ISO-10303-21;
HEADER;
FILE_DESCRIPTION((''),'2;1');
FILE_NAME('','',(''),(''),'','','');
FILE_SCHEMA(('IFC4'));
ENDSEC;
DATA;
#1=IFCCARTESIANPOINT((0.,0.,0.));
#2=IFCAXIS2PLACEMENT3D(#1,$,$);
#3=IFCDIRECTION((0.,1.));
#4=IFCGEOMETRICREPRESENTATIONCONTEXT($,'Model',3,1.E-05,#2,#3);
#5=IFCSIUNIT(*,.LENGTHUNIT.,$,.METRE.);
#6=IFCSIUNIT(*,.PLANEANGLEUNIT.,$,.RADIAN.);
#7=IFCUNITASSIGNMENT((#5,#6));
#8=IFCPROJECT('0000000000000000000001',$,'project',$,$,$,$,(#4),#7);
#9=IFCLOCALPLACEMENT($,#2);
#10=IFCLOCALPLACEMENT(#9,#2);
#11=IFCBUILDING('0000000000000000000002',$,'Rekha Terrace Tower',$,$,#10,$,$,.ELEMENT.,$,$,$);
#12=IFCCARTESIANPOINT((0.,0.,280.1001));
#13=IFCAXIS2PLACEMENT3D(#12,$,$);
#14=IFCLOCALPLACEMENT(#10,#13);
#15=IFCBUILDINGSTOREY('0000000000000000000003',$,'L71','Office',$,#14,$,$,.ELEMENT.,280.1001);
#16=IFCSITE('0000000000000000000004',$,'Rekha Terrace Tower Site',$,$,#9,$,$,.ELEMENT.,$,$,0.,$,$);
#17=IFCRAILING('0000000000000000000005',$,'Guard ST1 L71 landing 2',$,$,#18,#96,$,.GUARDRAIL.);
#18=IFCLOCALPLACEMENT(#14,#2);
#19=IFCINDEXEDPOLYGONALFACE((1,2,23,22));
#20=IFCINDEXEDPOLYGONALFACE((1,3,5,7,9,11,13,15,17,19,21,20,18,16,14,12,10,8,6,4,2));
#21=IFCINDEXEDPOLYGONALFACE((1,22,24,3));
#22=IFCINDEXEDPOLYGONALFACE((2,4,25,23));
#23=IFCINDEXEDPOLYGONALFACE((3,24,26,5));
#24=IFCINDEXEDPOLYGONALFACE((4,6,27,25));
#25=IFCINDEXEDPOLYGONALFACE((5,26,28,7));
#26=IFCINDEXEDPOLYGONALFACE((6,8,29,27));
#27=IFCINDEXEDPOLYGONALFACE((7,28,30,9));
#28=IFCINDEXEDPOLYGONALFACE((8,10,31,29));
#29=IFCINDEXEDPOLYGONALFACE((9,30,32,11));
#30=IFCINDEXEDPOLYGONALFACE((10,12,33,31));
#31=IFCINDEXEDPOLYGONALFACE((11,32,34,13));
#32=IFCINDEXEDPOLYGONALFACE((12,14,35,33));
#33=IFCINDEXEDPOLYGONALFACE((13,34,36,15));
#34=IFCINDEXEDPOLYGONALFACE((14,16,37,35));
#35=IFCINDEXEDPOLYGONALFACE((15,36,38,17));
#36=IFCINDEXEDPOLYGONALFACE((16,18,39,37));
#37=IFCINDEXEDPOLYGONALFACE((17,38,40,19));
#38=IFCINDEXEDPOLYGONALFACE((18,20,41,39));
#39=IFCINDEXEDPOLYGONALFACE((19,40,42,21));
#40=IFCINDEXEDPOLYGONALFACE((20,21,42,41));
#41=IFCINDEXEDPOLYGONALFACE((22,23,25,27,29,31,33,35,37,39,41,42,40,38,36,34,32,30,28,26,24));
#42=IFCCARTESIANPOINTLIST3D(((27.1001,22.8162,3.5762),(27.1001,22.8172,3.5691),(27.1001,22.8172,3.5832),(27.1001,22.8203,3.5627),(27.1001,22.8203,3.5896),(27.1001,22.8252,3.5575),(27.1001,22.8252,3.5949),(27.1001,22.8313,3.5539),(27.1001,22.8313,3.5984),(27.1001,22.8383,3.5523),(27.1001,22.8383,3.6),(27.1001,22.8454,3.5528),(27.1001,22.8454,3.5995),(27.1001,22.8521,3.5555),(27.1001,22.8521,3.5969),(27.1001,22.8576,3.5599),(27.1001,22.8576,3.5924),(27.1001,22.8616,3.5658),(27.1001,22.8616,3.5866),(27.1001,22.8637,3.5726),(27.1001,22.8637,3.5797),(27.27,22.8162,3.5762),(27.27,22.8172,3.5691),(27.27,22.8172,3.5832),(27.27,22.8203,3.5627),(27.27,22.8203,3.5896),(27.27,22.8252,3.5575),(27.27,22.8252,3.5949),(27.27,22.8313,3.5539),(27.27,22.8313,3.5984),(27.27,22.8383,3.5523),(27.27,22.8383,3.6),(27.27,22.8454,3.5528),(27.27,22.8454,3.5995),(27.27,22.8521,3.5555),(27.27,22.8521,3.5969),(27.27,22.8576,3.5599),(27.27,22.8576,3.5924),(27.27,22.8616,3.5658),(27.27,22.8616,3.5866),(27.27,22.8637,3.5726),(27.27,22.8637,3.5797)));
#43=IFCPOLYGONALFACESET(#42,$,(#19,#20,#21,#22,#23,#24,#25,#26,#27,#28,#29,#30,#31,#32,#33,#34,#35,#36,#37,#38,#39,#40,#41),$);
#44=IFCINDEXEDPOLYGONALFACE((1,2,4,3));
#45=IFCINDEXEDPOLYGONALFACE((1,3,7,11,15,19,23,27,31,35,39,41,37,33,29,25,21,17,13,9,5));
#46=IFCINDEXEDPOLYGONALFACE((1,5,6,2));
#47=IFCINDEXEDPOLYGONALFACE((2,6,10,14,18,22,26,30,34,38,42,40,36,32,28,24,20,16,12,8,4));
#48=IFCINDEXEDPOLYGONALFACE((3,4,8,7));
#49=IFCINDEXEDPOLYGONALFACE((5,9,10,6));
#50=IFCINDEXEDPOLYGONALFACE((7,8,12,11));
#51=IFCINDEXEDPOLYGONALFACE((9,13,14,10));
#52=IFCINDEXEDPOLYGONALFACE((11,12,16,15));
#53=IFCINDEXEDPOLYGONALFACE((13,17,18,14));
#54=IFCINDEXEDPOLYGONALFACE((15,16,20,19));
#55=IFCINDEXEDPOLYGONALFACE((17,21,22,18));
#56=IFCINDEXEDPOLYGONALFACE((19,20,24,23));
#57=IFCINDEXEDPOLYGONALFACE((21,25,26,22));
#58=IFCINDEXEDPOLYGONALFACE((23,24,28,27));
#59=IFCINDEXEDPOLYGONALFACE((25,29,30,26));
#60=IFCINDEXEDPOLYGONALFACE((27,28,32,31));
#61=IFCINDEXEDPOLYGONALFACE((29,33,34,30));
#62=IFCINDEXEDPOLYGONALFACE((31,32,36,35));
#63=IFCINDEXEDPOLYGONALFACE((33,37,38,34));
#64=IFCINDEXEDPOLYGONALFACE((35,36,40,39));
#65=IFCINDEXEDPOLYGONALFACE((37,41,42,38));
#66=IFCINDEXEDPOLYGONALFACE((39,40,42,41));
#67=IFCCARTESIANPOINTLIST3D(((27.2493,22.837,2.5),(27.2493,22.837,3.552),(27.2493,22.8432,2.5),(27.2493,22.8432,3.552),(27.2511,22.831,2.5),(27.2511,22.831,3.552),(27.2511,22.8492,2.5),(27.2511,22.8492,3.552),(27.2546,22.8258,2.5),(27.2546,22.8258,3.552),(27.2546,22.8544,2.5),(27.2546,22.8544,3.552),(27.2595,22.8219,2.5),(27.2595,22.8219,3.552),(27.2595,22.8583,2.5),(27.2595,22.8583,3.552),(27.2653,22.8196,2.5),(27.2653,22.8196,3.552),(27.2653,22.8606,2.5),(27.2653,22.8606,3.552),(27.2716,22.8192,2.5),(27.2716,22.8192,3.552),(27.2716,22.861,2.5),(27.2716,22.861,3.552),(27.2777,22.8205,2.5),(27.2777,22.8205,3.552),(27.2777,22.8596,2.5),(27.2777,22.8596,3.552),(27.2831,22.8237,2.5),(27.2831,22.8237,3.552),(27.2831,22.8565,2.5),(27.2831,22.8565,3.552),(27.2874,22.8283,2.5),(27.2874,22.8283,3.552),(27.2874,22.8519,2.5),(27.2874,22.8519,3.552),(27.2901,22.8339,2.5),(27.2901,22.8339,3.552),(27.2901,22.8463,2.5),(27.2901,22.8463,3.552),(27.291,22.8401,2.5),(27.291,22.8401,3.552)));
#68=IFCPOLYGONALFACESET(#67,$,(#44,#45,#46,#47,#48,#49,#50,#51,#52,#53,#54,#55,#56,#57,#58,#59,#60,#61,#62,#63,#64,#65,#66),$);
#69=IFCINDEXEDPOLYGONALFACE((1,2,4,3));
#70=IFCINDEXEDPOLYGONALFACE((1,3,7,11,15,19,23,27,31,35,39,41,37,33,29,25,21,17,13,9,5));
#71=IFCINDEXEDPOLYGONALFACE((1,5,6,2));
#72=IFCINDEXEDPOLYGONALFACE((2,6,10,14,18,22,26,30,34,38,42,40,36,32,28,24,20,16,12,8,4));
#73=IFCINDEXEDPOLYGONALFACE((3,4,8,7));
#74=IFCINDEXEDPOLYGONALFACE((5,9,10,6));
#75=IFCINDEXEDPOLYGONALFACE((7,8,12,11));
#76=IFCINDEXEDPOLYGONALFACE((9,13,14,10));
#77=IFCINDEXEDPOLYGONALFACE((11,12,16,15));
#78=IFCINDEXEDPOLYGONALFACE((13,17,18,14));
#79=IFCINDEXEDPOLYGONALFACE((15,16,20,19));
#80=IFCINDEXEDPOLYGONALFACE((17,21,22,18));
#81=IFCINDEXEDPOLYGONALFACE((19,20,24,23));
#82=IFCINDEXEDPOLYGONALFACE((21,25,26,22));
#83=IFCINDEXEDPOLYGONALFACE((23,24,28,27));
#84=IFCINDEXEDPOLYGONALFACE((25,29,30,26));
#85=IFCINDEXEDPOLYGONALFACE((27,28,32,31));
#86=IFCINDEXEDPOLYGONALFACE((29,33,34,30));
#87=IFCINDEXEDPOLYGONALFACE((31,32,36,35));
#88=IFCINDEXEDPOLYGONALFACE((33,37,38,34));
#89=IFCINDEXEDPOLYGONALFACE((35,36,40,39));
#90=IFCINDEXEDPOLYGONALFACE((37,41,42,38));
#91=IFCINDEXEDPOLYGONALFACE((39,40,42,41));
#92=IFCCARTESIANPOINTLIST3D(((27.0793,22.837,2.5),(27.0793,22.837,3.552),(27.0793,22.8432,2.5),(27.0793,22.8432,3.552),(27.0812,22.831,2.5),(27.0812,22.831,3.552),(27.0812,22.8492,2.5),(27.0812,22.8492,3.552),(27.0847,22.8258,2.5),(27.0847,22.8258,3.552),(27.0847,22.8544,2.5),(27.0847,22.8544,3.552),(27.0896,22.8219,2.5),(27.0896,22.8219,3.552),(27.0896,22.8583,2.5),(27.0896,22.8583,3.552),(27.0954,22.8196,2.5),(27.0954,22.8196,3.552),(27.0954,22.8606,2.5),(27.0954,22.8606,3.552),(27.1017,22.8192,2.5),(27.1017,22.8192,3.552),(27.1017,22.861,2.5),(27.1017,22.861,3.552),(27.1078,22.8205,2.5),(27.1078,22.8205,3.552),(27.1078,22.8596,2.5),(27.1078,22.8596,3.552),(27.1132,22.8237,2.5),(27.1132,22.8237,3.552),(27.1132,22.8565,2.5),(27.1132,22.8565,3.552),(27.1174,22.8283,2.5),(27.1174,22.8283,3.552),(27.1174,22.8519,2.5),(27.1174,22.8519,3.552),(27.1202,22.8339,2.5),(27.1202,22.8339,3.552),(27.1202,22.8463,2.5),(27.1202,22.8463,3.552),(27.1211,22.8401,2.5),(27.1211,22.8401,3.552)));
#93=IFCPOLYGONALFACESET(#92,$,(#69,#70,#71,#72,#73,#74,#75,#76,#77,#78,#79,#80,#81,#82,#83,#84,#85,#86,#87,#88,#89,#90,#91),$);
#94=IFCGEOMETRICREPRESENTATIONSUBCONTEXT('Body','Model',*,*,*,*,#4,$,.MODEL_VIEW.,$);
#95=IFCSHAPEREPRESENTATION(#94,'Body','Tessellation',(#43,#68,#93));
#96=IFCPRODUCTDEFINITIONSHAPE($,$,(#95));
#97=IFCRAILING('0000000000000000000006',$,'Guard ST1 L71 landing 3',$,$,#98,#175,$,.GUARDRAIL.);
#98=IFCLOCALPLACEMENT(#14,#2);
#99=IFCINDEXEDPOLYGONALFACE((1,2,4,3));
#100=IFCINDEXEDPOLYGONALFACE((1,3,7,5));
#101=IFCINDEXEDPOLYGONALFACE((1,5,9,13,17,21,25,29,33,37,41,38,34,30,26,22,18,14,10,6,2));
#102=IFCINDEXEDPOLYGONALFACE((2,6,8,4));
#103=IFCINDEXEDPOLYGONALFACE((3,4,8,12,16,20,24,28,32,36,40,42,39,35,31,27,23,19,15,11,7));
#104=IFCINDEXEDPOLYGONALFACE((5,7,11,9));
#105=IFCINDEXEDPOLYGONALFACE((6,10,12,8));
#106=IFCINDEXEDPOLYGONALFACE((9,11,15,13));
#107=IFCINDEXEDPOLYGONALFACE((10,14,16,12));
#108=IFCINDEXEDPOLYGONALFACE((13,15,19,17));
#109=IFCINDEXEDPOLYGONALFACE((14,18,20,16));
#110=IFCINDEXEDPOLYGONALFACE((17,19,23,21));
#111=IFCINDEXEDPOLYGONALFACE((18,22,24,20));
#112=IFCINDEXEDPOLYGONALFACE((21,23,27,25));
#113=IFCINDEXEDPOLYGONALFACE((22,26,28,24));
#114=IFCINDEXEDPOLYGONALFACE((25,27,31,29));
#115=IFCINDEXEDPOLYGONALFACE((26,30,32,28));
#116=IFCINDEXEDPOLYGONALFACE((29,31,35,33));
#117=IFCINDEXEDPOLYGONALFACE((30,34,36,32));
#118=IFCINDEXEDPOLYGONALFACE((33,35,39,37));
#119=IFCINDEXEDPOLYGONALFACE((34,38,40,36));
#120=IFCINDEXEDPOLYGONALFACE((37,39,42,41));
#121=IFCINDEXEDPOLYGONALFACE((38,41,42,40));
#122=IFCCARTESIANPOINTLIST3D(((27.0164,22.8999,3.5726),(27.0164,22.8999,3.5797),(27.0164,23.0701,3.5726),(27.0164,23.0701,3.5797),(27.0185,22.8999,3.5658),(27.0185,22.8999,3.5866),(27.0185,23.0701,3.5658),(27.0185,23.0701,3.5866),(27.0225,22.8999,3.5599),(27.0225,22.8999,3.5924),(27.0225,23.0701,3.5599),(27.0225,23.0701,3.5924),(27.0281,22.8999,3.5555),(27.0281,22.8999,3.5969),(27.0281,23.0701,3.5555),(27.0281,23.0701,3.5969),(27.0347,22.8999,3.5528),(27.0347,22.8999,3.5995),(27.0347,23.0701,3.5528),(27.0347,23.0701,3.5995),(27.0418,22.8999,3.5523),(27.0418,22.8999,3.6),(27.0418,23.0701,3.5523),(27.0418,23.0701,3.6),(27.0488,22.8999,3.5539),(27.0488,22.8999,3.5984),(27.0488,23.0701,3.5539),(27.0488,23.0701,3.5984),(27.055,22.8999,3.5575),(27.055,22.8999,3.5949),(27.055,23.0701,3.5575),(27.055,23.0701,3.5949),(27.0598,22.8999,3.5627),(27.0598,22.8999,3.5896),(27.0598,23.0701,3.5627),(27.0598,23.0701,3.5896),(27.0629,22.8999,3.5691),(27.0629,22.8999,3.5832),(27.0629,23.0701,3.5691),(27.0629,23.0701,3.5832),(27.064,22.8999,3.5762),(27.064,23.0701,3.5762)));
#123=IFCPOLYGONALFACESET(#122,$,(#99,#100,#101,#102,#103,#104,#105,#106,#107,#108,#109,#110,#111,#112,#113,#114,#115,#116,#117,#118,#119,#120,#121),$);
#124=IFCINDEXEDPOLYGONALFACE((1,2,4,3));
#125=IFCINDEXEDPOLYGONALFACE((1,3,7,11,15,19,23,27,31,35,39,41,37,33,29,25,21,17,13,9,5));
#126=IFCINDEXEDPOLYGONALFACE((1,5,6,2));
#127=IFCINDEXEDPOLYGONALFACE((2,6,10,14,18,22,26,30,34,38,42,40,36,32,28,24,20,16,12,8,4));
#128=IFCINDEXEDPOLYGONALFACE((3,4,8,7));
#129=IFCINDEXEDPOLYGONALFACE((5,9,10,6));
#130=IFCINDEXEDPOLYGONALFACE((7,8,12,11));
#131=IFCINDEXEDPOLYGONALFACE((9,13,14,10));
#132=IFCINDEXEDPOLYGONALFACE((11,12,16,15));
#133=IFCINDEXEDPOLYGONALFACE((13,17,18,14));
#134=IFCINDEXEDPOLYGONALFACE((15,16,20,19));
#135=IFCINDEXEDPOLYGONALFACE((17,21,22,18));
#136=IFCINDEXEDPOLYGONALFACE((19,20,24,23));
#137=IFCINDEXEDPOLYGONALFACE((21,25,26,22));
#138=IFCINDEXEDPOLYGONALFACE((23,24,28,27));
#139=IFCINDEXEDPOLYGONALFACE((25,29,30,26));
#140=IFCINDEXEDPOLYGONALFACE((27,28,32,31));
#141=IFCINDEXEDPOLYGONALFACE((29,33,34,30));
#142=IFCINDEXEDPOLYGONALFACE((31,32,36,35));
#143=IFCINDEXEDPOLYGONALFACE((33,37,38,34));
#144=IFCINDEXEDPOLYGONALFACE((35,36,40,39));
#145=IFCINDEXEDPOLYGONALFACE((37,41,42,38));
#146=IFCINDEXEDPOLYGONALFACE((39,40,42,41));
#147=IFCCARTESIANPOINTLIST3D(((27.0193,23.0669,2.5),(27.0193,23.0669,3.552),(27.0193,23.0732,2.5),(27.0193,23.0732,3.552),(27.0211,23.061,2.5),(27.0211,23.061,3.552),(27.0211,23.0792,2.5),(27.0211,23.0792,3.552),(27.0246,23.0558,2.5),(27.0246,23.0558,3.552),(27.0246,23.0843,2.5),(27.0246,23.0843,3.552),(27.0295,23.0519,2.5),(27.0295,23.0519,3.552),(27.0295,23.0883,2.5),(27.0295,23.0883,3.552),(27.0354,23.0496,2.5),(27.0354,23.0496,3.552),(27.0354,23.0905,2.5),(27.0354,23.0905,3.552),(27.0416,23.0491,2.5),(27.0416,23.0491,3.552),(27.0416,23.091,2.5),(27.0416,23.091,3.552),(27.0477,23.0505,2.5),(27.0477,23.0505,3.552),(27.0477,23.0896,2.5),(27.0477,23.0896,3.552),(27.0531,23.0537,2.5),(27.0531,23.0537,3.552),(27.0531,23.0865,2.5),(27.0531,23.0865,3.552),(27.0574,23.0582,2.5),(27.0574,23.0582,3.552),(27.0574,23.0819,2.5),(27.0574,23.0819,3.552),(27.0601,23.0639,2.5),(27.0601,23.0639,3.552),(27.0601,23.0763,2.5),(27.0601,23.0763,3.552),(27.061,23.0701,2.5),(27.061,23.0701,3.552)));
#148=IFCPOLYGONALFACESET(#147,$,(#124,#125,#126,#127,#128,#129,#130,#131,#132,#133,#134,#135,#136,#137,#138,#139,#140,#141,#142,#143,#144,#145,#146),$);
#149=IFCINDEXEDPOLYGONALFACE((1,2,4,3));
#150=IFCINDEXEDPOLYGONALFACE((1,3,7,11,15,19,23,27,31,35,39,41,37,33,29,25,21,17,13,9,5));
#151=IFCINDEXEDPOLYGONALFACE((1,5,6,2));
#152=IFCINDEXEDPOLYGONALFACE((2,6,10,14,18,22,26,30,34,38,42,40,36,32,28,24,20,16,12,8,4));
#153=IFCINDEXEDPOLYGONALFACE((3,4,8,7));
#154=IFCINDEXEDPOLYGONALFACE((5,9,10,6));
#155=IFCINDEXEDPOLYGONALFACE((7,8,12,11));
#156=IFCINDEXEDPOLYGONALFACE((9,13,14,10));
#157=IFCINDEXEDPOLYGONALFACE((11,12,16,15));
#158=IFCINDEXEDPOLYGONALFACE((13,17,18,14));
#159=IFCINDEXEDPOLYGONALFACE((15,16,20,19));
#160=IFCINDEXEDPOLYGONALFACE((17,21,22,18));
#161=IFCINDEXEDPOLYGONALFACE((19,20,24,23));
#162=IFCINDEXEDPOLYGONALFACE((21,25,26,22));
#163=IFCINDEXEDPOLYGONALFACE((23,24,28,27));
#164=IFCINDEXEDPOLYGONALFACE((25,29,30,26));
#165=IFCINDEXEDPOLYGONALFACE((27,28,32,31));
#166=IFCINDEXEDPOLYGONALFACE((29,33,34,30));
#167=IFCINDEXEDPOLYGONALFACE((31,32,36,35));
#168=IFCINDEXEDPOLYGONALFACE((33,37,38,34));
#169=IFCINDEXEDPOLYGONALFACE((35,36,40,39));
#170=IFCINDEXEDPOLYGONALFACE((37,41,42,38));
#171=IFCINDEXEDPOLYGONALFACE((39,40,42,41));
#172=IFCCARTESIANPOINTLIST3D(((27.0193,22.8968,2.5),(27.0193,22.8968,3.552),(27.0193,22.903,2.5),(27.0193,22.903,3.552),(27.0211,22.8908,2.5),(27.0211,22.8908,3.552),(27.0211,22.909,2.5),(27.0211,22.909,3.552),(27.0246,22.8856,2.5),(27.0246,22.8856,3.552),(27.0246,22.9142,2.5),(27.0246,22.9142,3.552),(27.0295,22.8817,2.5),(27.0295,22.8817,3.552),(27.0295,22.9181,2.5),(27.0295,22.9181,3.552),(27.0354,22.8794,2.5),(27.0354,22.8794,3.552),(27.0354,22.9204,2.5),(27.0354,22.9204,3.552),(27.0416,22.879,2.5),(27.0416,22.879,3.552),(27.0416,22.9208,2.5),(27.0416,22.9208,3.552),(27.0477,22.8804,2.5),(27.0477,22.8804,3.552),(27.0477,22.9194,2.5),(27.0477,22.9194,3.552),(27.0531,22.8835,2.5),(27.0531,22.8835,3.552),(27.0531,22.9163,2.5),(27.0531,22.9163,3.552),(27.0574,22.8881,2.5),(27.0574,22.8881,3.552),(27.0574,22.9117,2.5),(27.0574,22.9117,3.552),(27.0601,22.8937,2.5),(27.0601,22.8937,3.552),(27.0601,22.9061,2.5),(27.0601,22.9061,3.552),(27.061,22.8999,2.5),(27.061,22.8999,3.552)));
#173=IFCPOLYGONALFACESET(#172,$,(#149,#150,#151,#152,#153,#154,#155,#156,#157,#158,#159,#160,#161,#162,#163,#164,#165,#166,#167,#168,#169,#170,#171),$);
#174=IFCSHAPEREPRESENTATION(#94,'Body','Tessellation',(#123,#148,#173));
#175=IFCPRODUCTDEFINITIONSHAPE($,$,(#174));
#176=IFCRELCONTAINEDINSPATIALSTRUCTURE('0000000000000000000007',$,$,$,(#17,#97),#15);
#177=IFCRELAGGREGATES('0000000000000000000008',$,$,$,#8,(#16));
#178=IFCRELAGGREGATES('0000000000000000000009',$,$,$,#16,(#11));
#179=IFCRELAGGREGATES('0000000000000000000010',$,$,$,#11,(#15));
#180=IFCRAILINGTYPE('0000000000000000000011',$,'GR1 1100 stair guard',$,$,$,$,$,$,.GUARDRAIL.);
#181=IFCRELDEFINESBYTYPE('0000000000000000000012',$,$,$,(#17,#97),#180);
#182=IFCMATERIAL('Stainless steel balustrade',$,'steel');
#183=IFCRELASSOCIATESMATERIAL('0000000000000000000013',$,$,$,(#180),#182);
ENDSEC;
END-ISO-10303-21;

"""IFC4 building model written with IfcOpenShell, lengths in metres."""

from ifc_helpers import new_model, si_unit, direction, frame, origin, origin_2d, place, context, subcontext, project, spatial, circle, extrude, material, type_object, element, save


model = new_model("IFC4")

# Units and contexts
model_context = context("Model", 3, precision=1e-05, world=origin(), true_north=direction((0.0, 1.0)))
body_context = subcontext(model_context, "Body", "Model", "MODEL_VIEW")
ifc_project = project(units=[si_unit("LENGTHUNIT", "METRE"), si_unit("PLANEANGLEUNIT", "RADIAN")], contexts=[model_context])

# Site, building, storey
site_placement = place(None, origin())
site = spatial("IfcSite", under=ifc_project, at=site_placement, Name="Rekha Terrace Tower Site", CompositionType="ELEMENT", RefElevation=0.0)
building_placement = place(site_placement, origin())
building = spatial("IfcBuilding", under=site, at=building_placement, Name="Rekha Terrace Tower", CompositionType="ELEMENT")
storey_placement = place(building_placement, frame((0.0, 0.0, 280.1001)))
storey = spatial("IfcBuildingStorey", under=building, at=storey_placement, Name="L71", Description="Office", CompositionType="ELEMENT", Elevation=280.1001)

# Railings
ifc_material_1 = material(Name="Stainless steel balustrade", Category="steel")
railing_type_1 = type_object("IfcRailingType", Name="GR1 1100 stair guard", PredefinedType="GUARDRAIL", material=ifc_material_1)
railing_1_placement = place(storey_placement, frame((27.27, 22.8401, 2.5)))
element("IfcRailing", 1, at=railing_1_placement, inside=storey, type_object=railing_type_1, Name="Guard ST1 L71 landing 2", PredefinedType="GUARDRAIL", context=body_context, shape_type="SweptSolid", body=[
    extrude(circle(Radius=0.0239, at=origin_2d()), frame((0.0, 0.0, 1.0762), z_axis=(-1.0, 0.0, 0.0), x_axis=(0.0, -1.0, 0.0)), (0.0, 0.0, 1.0), 0.1699),
    extrude(circle(Radius=0.021, at=origin_2d()), origin(), (0.0, 0.0, 1.0), 1.052),
    extrude(circle(Radius=0.021, at=origin_2d()), frame((-0.1699, 0.0, 0.0)), (0.0, 0.0, 1.0), 1.052),
])
railing_2_placement = place(storey_placement, frame((27.04, 23.0701, 2.5)))
element("IfcRailing", 2, at=railing_2_placement, inside=storey, type_object=railing_type_1, Name="Guard ST1 L71 landing 3", PredefinedType="GUARDRAIL", context=body_context, shape_type="SweptSolid", body=[
    extrude(circle(Radius=0.0239, at=origin_2d()), frame((0.0, 0.0, 1.0762), z_axis=(0.0, -1.0, 0.0), x_axis=(1.0, 0.0, 0.0)), (0.0, 0.0, 1.0), 0.1702),
    extrude(circle(Radius=0.021, at=origin_2d()), origin(), (0.0, 0.0, 1.0), 1.052),
    extrude(circle(Radius=0.021, at=origin_2d()), frame((0.0, -0.1702, 0.0)), (0.0, 0.0, 1.0), 1.052),
])

save(model, "model.ifc")
